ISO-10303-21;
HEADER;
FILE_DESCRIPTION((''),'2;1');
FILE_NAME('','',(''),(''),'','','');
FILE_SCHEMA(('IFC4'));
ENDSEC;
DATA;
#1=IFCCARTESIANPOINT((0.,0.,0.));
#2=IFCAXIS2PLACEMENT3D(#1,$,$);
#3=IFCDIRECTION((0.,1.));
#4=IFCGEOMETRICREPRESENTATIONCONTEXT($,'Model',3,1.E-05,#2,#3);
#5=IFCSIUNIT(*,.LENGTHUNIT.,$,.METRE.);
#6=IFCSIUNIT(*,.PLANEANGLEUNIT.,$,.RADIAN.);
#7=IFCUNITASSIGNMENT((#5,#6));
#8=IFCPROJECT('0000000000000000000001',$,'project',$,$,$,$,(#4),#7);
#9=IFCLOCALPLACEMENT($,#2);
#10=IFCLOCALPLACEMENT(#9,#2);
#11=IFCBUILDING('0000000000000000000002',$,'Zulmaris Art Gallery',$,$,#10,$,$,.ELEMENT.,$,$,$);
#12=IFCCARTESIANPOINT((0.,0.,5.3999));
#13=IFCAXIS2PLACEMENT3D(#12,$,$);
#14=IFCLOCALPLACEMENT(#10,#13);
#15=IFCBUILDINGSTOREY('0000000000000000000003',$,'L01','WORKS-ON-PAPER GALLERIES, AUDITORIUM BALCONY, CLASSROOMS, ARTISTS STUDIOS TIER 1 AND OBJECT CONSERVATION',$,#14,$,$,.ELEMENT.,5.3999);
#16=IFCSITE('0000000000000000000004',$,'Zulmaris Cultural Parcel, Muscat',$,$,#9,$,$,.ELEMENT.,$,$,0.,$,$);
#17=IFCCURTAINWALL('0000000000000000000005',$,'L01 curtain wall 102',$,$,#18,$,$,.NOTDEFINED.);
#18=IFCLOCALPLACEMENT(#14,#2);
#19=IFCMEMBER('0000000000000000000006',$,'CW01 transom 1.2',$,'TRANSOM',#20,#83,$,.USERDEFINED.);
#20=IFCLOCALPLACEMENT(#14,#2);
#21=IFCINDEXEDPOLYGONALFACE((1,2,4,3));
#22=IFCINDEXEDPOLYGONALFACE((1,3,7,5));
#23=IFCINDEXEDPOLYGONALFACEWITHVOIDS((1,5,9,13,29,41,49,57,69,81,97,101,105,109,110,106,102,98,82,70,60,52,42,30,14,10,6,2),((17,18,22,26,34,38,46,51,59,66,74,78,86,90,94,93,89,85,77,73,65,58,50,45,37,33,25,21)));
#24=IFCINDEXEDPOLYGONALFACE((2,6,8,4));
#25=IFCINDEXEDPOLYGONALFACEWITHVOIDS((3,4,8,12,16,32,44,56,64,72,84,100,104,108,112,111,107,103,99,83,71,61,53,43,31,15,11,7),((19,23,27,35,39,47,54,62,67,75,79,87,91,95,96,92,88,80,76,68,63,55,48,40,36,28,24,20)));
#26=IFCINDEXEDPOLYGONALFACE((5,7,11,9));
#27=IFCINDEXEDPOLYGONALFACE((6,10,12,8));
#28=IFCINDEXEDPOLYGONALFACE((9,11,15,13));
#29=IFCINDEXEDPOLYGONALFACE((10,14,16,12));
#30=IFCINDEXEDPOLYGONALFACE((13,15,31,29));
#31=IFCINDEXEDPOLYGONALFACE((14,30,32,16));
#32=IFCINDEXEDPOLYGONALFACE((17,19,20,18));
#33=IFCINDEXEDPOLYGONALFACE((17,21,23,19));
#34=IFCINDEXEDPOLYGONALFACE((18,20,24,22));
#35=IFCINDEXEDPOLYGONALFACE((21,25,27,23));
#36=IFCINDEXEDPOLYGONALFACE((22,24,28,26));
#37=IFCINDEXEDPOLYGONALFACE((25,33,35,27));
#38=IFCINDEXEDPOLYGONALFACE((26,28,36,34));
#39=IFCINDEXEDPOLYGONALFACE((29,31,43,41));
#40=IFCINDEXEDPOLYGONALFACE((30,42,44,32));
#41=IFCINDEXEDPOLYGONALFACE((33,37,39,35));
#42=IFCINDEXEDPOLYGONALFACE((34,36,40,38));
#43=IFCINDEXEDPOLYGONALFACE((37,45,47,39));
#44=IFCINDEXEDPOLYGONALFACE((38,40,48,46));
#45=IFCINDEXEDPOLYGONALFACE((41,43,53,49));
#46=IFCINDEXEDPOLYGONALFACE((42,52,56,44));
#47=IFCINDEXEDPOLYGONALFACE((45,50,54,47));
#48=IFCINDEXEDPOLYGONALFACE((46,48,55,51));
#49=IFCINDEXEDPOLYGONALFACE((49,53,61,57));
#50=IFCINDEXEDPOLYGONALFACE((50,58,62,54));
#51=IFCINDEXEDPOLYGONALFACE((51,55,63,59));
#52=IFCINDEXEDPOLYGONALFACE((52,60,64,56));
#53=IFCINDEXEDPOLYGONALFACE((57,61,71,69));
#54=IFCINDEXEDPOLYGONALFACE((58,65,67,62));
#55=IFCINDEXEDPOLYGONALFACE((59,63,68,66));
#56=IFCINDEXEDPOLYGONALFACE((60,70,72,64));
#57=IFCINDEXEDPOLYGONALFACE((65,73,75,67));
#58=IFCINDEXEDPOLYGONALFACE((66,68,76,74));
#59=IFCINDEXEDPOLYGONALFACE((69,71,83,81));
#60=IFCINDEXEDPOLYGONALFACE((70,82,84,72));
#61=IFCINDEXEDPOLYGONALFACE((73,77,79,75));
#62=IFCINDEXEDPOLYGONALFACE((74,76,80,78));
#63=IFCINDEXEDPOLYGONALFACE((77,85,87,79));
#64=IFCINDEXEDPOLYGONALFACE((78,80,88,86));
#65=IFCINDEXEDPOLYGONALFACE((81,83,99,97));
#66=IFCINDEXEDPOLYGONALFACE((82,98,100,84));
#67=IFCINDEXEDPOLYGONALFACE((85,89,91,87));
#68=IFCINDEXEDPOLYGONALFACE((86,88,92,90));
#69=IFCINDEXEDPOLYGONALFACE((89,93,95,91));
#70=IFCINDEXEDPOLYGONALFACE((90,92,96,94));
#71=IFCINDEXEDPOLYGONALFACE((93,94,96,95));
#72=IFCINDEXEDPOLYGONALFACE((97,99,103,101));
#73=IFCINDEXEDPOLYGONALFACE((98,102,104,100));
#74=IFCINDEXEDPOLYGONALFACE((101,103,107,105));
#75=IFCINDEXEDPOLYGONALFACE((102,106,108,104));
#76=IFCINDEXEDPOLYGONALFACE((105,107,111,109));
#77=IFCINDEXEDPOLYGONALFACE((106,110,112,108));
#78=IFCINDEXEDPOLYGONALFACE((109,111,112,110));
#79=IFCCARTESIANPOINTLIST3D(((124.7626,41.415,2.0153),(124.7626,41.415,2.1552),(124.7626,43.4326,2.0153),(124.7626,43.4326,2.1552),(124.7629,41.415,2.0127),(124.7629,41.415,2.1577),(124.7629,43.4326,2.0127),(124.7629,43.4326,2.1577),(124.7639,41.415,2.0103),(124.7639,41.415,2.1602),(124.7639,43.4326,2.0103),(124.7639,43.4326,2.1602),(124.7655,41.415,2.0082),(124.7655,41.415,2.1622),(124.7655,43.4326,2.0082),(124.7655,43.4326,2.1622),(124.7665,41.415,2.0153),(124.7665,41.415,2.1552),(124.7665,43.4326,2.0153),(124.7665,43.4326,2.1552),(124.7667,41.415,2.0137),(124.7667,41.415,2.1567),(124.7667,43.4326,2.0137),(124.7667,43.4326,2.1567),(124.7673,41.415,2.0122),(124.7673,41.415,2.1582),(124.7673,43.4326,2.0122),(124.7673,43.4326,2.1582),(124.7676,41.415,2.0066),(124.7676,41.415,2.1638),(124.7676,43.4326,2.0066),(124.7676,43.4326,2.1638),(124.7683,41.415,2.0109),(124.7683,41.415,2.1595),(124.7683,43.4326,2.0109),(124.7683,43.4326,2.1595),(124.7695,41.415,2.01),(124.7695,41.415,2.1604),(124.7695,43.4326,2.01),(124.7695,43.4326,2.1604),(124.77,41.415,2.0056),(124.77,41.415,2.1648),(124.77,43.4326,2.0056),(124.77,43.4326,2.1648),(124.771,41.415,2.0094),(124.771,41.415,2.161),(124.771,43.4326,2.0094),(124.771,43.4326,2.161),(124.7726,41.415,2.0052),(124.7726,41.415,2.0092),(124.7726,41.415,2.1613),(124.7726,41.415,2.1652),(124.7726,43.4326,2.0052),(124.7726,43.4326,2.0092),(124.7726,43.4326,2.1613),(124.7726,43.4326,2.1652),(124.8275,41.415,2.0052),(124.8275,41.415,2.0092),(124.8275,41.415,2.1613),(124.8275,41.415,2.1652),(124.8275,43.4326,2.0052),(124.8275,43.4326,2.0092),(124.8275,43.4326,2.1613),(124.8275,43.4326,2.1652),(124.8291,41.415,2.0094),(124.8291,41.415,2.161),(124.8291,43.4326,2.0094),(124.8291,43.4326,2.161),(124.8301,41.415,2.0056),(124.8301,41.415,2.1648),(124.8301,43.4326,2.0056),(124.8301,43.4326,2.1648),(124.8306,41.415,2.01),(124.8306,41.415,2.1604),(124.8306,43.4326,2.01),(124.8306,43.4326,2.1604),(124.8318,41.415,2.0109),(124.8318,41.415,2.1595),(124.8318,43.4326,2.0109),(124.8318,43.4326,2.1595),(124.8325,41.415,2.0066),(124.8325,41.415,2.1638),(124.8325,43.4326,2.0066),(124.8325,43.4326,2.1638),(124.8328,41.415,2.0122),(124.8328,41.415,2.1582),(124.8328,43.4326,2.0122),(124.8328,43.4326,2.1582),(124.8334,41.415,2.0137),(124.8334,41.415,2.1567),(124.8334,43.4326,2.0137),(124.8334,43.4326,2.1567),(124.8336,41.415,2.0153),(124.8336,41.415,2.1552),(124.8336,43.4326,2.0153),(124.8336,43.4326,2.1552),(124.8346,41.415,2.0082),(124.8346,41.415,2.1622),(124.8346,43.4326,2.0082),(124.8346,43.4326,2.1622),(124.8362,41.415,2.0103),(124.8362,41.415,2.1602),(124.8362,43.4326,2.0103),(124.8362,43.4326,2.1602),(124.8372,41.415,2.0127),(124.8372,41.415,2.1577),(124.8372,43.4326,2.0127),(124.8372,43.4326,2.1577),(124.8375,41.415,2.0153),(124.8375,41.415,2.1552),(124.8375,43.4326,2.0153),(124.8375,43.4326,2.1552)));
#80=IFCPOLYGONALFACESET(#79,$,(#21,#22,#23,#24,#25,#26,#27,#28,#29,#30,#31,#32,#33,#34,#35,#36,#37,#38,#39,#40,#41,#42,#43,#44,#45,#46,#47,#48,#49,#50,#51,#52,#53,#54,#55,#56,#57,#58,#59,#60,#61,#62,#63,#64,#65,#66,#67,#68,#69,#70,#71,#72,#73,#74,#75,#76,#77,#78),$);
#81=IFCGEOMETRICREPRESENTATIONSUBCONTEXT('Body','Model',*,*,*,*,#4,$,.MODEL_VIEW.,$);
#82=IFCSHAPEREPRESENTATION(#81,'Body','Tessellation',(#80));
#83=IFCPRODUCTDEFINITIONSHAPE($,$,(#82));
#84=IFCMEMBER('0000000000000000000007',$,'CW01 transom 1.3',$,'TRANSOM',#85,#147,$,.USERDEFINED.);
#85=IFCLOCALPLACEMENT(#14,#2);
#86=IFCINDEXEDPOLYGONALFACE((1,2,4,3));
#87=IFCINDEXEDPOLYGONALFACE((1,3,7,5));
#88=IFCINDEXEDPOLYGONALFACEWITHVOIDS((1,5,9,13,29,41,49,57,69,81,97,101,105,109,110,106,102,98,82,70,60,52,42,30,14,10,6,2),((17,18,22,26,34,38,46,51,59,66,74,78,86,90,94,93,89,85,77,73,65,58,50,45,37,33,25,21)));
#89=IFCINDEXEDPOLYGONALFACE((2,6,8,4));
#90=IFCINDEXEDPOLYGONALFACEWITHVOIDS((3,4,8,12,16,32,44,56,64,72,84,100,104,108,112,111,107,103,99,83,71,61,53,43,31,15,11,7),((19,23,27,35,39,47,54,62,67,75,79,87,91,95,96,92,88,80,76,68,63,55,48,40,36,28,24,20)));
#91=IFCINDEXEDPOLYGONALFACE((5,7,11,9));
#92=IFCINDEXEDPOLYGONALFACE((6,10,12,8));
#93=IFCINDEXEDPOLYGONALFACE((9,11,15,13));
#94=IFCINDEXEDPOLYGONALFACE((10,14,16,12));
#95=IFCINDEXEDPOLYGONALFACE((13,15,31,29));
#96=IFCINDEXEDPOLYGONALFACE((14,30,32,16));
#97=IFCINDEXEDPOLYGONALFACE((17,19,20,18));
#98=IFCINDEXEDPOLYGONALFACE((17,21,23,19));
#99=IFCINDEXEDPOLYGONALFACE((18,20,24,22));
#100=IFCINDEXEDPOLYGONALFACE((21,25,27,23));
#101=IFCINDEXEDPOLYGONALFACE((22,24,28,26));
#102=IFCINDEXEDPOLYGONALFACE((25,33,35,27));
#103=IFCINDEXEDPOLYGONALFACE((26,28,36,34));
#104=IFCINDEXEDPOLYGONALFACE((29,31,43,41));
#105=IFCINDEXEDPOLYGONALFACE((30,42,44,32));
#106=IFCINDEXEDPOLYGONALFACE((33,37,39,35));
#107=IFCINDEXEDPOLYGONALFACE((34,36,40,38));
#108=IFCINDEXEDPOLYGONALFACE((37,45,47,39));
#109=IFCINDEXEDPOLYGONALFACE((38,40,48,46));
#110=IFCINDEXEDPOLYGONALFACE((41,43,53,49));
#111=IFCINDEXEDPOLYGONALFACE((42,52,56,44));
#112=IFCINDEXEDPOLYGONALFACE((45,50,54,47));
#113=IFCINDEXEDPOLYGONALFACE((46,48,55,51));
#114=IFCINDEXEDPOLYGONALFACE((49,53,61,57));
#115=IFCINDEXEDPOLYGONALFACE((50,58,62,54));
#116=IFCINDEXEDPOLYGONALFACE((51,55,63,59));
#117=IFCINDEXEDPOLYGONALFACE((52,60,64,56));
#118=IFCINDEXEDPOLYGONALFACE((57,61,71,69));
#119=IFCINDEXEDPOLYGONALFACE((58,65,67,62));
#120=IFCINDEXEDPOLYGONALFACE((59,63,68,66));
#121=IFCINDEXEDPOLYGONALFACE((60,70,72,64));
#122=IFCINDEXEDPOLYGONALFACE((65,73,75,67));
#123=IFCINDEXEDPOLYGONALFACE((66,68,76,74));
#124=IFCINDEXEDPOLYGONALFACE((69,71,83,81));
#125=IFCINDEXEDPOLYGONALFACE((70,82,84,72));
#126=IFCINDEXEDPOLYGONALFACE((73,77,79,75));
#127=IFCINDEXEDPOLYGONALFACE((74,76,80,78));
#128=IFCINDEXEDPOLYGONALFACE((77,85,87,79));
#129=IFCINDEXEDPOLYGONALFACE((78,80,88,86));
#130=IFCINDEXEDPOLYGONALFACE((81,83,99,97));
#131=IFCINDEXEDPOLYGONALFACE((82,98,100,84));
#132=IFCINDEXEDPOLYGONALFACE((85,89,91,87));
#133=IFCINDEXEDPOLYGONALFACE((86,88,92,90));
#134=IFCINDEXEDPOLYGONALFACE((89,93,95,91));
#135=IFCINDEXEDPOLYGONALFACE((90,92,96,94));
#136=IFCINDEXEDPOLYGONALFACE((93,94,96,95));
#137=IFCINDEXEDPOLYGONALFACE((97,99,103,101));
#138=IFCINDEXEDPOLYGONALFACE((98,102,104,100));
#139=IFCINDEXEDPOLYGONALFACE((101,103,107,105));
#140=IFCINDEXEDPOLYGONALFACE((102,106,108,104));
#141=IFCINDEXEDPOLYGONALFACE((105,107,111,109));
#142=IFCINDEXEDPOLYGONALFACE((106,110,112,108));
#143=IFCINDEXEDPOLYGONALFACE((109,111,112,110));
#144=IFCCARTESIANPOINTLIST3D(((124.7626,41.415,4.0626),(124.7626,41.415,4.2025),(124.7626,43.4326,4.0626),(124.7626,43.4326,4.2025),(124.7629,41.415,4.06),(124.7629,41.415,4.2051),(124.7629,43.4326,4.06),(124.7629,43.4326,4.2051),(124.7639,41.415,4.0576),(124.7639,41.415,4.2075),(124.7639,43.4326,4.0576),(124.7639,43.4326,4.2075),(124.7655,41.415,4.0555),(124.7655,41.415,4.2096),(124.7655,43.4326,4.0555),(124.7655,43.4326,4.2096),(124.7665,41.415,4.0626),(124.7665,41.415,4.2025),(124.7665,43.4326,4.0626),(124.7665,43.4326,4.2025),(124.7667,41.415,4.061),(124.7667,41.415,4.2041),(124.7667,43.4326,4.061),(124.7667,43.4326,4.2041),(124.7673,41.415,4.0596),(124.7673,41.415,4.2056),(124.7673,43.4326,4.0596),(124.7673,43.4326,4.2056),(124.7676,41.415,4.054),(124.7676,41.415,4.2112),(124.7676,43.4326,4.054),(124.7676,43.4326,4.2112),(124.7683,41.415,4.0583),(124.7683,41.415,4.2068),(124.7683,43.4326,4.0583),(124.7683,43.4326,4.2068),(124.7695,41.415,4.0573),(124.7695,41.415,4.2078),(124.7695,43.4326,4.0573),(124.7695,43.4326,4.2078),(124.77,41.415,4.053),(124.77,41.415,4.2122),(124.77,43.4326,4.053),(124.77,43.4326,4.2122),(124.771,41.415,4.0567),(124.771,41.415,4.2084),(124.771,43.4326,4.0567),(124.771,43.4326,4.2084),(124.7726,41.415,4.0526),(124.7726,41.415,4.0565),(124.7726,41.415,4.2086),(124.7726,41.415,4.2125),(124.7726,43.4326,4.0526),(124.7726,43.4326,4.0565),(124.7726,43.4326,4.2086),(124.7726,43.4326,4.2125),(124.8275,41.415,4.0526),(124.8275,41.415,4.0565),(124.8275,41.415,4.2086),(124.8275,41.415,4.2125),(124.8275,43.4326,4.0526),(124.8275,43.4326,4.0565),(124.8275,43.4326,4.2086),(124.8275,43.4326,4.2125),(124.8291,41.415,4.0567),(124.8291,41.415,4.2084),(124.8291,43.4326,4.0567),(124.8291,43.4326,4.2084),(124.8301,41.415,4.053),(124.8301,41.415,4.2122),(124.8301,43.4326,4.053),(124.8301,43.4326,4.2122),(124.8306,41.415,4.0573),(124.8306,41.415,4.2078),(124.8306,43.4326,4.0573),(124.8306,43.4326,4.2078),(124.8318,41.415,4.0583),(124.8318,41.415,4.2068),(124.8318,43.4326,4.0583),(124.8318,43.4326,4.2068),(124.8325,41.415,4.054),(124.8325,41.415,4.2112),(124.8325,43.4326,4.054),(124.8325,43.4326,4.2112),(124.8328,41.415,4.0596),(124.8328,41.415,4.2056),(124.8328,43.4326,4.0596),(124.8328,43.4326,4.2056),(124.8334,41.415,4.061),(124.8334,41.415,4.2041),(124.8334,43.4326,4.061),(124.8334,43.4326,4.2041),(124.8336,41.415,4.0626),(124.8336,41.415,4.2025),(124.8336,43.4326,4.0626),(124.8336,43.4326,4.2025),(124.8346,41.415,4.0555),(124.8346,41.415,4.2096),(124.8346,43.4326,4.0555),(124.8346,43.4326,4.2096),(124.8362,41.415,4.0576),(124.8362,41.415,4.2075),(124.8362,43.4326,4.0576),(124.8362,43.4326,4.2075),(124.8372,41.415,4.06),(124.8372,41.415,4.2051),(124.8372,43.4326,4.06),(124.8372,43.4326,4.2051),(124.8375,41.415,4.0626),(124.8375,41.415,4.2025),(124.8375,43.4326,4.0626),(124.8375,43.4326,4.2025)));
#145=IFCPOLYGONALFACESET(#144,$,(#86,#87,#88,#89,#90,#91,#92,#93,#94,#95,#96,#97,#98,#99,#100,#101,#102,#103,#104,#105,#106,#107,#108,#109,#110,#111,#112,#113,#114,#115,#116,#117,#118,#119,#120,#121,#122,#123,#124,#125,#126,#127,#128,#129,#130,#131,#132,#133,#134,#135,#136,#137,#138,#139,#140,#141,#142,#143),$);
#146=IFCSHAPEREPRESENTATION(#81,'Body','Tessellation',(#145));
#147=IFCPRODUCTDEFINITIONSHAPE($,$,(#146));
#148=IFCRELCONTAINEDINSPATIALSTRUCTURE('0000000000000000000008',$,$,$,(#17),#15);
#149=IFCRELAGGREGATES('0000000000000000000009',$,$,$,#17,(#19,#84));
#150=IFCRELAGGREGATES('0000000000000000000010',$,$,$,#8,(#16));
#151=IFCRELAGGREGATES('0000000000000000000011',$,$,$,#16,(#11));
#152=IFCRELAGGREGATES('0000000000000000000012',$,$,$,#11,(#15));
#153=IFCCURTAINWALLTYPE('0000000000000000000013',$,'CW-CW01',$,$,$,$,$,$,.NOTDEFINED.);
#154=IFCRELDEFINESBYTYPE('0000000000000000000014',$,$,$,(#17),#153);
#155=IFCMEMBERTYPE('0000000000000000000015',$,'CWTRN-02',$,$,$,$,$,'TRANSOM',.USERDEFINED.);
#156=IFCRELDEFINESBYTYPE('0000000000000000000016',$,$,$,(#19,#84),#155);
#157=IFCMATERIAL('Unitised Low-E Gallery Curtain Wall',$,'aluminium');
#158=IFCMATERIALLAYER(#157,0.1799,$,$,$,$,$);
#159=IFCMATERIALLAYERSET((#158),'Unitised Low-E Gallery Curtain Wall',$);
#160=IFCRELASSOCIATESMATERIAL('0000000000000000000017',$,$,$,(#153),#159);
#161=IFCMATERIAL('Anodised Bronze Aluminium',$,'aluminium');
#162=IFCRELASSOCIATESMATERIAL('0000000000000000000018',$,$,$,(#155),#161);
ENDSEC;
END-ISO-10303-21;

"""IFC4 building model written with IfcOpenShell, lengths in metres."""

from ifc_helpers import new_model, si_unit, direction, frame, origin, origin_2d, place, context, subcontext, project, spatial, hollow_rectangle, extrude, material, layer, layer_set, material_profile, profile_set, type_object, element, aggregate, save


model = new_model("IFC4")

# Units and contexts
model_context = context("Model", 3, precision=1e-05, world=origin(), true_north=direction((0.0, 1.0)))
body_context = subcontext(model_context, "Body", "Model", "MODEL_VIEW")
ifc_project = project(units=[si_unit("LENGTHUNIT", "METRE"), si_unit("PLANEANGLEUNIT", "RADIAN")], contexts=[model_context])

# Site, building, storey
site_placement = place(None, origin())
site = spatial("IfcSite", under=ifc_project, at=site_placement, Name="Zulmaris Cultural Parcel, Muscat", CompositionType="ELEMENT", RefElevation=0.0)
building_placement = place(site_placement, origin())
building = spatial("IfcBuilding", under=site, at=building_placement, Name="Zulmaris Art Gallery", CompositionType="ELEMENT")
storey_placement = place(building_placement, frame((0.0, 0.0, 5.3999)))
storey = spatial("IfcBuildingStorey", under=building, at=storey_placement, Name="L01", Description="WORKS-ON-PAPER GALLERIES, AUDITORIUM BALCONY, CLASSROOMS, ARTISTS STUDIOS TIER 1 AND OBJECT CONSERVATION", CompositionType="ELEMENT", Elevation=5.3999)

# Curtain wall
ifc_material_1 = material(Name="Unitised Low-E Gallery Curtain Wall", Category="aluminium")
ifc_layer_1 = layer(ifc_material_1, 0.1799)
ifc_layer_set_1 = layer_set([ifc_layer_1], Name="Unitised Low-E Gallery Curtain Wall")
curtain_wall_type = type_object("IfcCurtainWallType", Name="CW-CW01", PredefinedType="NOTDEFINED", material=ifc_layer_set_1)
ifc_material_2 = material(Name="Anodised Bronze Aluminium", Category="aluminium")
curtain_wall_1_placement = place(storey_placement, origin())
curtain_wall_1 = element("IfcCurtainWall", 1, at=curtain_wall_1_placement, inside=storey, type_object=curtain_wall_type, Name="L01 curtain wall 102", PredefinedType="NOTDEFINED")

# Members
ifc_material_profile_1 = material_profile(ifc_material_2, hollow_rectangle(XDim=0.075, YDim=0.1599, WallThickness=0.0039, InnerFilletRadius=0.0061, OuterFilletRadius=0.01, at=origin_2d()), Name="ALU 75x160x4")
ifc_profile_set_1 = profile_set([ifc_material_profile_1], Name="Anodised Bronze Aluminium")
member_type_1 = type_object("IfcMemberType", Name="CWTRN-02", ElementType="TRANSOM", PredefinedType="USERDEFINED", material=ifc_profile_set_1)
member_1_placement = place(storey_placement, frame((124.8, 41.415, 2.0852), z_axis=(0.0, 1.0, 0.0), x_axis=(-1.0, 0.0, 0.0)))
member_1 = element("IfcMember", 2, at=member_1_placement, type_object=member_type_1, Name="CW01 transom 1.2", ObjectType="TRANSOM", PredefinedType="USERDEFINED", context=body_context, shape_type="SweptSolid", body=[
    extrude(hollow_rectangle(XDim=0.075, YDim=0.1599, WallThickness=0.0039, InnerFilletRadius=0.0061, OuterFilletRadius=0.01, at=origin_2d()), origin(), (0.0, 0.0, 1.0), 2.0176),
])
member_2_placement = place(storey_placement, frame((124.8, 41.415, 4.1326), z_axis=(0.0, 1.0, 0.0), x_axis=(-1.0, 0.0, 0.0)))
member_2 = element("IfcMember", 3, at=member_2_placement, type_object=member_type_1, Name="CW01 transom 1.3", ObjectType="TRANSOM", PredefinedType="USERDEFINED", context=body_context, shape_type="SweptSolid", body=[
    extrude(hollow_rectangle(XDim=0.075, YDim=0.1599, WallThickness=0.0039, InnerFilletRadius=0.0061, OuterFilletRadius=0.01, at=origin_2d()), origin(), (0.0, 0.0, 1.0), 2.0176),
])

aggregate(curtain_wall_1, [member_1, member_2])

save(model, "model.ifc")
